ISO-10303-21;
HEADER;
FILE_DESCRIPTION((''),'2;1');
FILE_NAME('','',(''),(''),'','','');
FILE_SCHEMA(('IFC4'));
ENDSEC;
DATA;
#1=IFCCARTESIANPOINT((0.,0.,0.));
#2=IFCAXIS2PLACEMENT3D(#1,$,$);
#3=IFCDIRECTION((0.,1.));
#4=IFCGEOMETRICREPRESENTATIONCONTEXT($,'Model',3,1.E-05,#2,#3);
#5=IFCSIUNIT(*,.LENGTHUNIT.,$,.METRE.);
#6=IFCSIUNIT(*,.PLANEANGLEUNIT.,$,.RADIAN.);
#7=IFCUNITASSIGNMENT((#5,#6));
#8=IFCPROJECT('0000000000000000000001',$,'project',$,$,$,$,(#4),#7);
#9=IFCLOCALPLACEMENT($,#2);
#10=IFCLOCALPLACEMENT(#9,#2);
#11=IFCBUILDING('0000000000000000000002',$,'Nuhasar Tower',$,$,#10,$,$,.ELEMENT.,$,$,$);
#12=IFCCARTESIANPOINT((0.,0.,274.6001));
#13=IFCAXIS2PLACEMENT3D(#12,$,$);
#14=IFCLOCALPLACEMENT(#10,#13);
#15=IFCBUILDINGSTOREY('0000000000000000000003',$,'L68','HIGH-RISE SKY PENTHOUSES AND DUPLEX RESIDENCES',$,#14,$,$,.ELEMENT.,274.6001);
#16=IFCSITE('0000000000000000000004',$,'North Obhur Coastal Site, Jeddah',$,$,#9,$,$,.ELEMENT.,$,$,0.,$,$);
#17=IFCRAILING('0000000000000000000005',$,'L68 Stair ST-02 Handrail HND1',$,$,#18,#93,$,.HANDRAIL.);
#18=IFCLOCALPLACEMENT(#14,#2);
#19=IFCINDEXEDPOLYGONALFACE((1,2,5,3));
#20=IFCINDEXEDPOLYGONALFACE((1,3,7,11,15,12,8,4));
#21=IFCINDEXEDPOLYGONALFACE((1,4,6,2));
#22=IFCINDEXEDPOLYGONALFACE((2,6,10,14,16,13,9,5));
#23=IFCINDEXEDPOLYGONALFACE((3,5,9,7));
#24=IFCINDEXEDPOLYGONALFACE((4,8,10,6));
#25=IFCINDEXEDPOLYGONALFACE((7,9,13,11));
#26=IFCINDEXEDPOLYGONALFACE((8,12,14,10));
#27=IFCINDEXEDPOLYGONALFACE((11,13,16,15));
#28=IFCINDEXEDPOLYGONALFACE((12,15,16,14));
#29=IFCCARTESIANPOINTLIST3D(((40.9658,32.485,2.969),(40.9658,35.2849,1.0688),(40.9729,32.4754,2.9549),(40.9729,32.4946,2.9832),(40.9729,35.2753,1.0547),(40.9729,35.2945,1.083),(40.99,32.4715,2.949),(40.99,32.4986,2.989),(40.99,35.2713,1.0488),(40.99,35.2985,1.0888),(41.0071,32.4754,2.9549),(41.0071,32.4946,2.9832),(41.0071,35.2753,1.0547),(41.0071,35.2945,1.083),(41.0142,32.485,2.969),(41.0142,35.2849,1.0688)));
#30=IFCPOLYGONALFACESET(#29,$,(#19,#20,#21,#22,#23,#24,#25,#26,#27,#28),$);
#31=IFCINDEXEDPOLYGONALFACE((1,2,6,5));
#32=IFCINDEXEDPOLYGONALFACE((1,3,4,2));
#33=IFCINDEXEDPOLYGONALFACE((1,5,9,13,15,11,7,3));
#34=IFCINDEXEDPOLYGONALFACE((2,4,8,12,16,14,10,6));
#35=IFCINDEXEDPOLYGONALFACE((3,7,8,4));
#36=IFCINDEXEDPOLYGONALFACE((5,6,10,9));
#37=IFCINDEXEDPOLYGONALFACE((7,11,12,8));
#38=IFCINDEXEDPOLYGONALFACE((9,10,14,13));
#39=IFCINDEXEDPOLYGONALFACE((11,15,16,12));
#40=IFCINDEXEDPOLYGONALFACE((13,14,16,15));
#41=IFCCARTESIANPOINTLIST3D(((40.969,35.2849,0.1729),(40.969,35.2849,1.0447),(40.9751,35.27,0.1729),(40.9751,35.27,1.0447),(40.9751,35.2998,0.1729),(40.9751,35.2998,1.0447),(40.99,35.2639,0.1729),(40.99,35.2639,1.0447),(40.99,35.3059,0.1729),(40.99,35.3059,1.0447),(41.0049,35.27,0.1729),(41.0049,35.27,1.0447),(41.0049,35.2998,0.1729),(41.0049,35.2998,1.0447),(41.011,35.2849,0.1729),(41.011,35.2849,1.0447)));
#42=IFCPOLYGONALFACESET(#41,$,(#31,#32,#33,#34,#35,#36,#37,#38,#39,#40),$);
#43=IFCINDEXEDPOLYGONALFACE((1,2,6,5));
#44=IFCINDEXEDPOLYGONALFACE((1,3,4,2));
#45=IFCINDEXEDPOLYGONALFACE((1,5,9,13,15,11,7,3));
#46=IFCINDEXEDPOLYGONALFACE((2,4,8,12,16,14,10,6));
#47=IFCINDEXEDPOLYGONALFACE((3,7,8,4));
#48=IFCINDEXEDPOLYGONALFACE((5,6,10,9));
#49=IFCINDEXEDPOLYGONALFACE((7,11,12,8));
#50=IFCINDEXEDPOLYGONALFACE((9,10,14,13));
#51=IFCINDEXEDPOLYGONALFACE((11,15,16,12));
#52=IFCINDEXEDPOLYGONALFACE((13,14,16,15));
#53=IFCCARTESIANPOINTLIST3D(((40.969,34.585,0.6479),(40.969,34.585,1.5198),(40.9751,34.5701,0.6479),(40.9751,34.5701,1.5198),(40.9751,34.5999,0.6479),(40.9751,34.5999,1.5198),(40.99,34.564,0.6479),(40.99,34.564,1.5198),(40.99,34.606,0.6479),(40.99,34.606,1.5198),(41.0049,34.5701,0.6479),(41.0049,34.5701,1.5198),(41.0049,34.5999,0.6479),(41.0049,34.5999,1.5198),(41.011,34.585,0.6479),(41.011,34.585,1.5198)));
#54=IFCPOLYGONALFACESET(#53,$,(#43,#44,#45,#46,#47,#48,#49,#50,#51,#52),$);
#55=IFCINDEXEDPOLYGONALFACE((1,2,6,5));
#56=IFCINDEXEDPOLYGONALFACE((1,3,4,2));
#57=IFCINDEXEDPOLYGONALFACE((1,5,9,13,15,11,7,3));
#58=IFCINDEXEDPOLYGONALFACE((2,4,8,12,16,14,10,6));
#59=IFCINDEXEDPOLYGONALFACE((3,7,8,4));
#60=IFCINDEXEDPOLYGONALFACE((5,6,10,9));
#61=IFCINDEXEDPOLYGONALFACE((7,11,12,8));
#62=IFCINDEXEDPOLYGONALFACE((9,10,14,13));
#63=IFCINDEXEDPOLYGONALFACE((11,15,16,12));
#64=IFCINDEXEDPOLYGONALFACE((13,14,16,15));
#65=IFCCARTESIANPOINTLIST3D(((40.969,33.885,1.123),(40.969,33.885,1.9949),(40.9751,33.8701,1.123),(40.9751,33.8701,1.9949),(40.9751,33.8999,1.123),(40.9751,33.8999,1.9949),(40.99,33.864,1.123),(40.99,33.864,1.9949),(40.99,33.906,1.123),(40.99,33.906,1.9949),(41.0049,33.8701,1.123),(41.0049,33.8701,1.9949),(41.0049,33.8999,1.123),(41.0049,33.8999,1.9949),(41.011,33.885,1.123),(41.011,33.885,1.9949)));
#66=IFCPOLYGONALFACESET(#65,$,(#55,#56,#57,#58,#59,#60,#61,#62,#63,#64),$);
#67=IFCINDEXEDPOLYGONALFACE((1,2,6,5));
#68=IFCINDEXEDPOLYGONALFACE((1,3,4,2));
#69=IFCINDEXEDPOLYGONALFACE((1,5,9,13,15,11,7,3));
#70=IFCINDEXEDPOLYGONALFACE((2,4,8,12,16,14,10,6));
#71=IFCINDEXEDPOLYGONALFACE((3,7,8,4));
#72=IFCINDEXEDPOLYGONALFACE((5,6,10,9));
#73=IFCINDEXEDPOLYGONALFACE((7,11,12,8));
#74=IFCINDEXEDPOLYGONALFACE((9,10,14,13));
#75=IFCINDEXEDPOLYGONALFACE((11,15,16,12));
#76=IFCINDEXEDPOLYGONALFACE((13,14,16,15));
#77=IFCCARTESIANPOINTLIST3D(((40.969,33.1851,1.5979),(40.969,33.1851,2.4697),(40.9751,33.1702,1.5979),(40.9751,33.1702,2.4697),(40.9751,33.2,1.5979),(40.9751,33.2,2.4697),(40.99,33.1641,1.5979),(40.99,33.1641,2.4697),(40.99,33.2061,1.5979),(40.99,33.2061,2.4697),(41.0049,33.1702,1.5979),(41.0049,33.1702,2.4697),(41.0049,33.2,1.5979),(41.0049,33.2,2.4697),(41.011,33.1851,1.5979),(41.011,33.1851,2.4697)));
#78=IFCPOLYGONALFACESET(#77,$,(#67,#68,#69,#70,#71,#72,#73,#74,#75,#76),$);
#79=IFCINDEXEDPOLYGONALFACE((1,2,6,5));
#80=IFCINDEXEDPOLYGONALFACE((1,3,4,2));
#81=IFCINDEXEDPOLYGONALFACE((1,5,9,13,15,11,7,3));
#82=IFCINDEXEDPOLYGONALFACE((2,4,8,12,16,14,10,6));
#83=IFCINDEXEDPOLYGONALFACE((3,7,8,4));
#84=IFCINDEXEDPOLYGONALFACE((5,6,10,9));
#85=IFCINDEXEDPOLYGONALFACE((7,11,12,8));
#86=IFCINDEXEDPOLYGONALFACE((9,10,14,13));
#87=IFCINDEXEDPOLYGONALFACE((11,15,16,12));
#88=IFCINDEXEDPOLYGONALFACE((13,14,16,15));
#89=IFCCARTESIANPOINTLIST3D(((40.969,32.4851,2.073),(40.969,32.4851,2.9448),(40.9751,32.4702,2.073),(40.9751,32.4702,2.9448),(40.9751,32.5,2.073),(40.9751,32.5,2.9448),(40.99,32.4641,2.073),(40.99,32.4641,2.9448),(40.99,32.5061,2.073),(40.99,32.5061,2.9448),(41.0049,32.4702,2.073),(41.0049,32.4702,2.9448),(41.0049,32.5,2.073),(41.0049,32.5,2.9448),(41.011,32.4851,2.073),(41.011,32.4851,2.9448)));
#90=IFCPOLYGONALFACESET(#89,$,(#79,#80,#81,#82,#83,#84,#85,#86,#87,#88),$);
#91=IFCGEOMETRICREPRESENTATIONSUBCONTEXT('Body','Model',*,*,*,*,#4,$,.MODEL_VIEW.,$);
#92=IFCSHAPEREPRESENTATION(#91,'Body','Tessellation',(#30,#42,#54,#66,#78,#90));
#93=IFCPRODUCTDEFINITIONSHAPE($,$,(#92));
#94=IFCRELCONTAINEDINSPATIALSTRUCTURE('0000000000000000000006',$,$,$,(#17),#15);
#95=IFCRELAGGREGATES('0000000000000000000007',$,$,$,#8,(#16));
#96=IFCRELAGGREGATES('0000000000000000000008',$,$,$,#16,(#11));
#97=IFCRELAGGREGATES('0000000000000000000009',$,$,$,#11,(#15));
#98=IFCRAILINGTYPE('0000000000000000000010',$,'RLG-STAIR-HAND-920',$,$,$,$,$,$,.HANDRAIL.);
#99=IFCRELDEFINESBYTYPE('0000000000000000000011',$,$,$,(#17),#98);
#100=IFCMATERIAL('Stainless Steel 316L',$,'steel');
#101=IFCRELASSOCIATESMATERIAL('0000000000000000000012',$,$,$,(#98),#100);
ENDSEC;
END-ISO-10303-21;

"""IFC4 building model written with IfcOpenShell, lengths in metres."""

from ifc_helpers import new_model, si_unit, direction, frame, origin, place, context, subcontext, project, spatial, polyline, outline, extrude, material, type_object, element, save


model = new_model("IFC4")

# Units and contexts
model_context = context("Model", 3, precision=1e-05, world=origin(), true_north=direction((0.0, 1.0)))
body_context = subcontext(model_context, "Body", "Model", "MODEL_VIEW")
ifc_project = project(units=[si_unit("LENGTHUNIT", "METRE"), si_unit("PLANEANGLEUNIT", "RADIAN")], contexts=[model_context])

# Site, building, storey
site_placement = place(None, origin())
site = spatial("IfcSite", under=ifc_project, at=site_placement, Name="North Obhur Coastal Site, Jeddah", CompositionType="ELEMENT", RefElevation=0.0)
building_placement = place(site_placement, origin())
building = spatial("IfcBuilding", under=site, at=building_placement, Name="Nuhasar Tower", CompositionType="ELEMENT")
storey_placement = place(building_placement, frame((0.0, 0.0, 274.6001)))
storey = spatial("IfcBuildingStorey", under=building, at=storey_placement, Name="L68", Description="HIGH-RISE SKY PENTHOUSES AND DUPLEX RESIDENCES", CompositionType="ELEMENT", Elevation=274.6001)

# Railing
ifc_material_1 = material(Name="Stainless Steel 316L", Category="steel")
railing_type_1 = type_object("IfcRailingType", Name="RLG-STAIR-HAND-920", PredefinedType="HANDRAIL", material=ifc_material_1)
railing_1_placement = place(storey_placement, frame((40.99, 35.2849, 0.1729)))
element("IfcRailing", 1, at=railing_1_placement, inside=storey, type_object=railing_type_1, Name="L68 Stair ST-02 Handrail HND1", PredefinedType="HANDRAIL", context=body_context, shape_type="SweptSolid", body=[
    extrude(outline(polyline([(0.0242, 0.0), (0.0171, 0.0171), (0.0, 0.0242), (-0.0171, 0.0171), (-0.0242, 0.0), (-0.0171, -0.0171), (0.0, -0.0242), (0.0171, -0.0171), (0.0242, 0.0)])), frame((0.0, 0.0, 0.896), z_axis=(0.0, -0.827437, 0.561558), x_axis=(1.0, 0.0, 0.0)), (0.0, 0.0, 1.0), 3.3838),
    extrude(outline(polyline([(0.021, 0.0), (0.0149, 0.0149), (0.0, 0.021), (-0.0149, 0.0149), (-0.021, 0.0), (-0.0149, -0.0149), (0.0, -0.021), (0.0149, -0.0149), (0.021, 0.0)])), origin(), (0.0, 0.0, 1.0), 0.8718),
    extrude(outline(polyline([(0.021, 0.0), (0.0149, 0.0149), (0.0, 0.021), (-0.0149, 0.0149), (-0.021, 0.0), (-0.0149, -0.0149), (0.0, -0.021), (0.0149, -0.0149), (0.021, 0.0)])), frame((0.0, -0.7, 0.4751)), (0.0, 0.0, 1.0), 0.8718),
    extrude(outline(polyline([(0.021, 0.0), (0.0149, 0.0149), (0.0, 0.021), (-0.0149, 0.0149), (-0.021, 0.0), (-0.0149, -0.0149), (0.0, -0.021), (0.0149, -0.0149), (0.021, 0.0)])), frame((0.0, -1.3999, 0.9502)), (0.0, 0.0, 1.0), 0.8718),
    extrude(outline(polyline([(0.021, 0.0), (0.0149, 0.0149), (0.0, 0.021), (-0.0149, 0.0149), (-0.021, 0.0), (-0.0149, -0.0149), (0.0, -0.021), (0.0149, -0.0149), (0.021, 0.0)])), frame((0.0, -2.0999, 1.425)), (0.0, 0.0, 1.0), 0.8718),
    extrude(outline(polyline([(0.021, 0.0), (0.0149, 0.0149), (0.0, 0.021), (-0.0149, 0.0149), (-0.021, 0.0), (-0.0149, -0.0149), (0.0, -0.021), (0.0149, -0.0149), (0.021, 0.0)])), frame((0.0, -2.7998, 1.9001)), (0.0, 0.0, 1.0), 0.8718),
])

save(model, "model.ifc")
